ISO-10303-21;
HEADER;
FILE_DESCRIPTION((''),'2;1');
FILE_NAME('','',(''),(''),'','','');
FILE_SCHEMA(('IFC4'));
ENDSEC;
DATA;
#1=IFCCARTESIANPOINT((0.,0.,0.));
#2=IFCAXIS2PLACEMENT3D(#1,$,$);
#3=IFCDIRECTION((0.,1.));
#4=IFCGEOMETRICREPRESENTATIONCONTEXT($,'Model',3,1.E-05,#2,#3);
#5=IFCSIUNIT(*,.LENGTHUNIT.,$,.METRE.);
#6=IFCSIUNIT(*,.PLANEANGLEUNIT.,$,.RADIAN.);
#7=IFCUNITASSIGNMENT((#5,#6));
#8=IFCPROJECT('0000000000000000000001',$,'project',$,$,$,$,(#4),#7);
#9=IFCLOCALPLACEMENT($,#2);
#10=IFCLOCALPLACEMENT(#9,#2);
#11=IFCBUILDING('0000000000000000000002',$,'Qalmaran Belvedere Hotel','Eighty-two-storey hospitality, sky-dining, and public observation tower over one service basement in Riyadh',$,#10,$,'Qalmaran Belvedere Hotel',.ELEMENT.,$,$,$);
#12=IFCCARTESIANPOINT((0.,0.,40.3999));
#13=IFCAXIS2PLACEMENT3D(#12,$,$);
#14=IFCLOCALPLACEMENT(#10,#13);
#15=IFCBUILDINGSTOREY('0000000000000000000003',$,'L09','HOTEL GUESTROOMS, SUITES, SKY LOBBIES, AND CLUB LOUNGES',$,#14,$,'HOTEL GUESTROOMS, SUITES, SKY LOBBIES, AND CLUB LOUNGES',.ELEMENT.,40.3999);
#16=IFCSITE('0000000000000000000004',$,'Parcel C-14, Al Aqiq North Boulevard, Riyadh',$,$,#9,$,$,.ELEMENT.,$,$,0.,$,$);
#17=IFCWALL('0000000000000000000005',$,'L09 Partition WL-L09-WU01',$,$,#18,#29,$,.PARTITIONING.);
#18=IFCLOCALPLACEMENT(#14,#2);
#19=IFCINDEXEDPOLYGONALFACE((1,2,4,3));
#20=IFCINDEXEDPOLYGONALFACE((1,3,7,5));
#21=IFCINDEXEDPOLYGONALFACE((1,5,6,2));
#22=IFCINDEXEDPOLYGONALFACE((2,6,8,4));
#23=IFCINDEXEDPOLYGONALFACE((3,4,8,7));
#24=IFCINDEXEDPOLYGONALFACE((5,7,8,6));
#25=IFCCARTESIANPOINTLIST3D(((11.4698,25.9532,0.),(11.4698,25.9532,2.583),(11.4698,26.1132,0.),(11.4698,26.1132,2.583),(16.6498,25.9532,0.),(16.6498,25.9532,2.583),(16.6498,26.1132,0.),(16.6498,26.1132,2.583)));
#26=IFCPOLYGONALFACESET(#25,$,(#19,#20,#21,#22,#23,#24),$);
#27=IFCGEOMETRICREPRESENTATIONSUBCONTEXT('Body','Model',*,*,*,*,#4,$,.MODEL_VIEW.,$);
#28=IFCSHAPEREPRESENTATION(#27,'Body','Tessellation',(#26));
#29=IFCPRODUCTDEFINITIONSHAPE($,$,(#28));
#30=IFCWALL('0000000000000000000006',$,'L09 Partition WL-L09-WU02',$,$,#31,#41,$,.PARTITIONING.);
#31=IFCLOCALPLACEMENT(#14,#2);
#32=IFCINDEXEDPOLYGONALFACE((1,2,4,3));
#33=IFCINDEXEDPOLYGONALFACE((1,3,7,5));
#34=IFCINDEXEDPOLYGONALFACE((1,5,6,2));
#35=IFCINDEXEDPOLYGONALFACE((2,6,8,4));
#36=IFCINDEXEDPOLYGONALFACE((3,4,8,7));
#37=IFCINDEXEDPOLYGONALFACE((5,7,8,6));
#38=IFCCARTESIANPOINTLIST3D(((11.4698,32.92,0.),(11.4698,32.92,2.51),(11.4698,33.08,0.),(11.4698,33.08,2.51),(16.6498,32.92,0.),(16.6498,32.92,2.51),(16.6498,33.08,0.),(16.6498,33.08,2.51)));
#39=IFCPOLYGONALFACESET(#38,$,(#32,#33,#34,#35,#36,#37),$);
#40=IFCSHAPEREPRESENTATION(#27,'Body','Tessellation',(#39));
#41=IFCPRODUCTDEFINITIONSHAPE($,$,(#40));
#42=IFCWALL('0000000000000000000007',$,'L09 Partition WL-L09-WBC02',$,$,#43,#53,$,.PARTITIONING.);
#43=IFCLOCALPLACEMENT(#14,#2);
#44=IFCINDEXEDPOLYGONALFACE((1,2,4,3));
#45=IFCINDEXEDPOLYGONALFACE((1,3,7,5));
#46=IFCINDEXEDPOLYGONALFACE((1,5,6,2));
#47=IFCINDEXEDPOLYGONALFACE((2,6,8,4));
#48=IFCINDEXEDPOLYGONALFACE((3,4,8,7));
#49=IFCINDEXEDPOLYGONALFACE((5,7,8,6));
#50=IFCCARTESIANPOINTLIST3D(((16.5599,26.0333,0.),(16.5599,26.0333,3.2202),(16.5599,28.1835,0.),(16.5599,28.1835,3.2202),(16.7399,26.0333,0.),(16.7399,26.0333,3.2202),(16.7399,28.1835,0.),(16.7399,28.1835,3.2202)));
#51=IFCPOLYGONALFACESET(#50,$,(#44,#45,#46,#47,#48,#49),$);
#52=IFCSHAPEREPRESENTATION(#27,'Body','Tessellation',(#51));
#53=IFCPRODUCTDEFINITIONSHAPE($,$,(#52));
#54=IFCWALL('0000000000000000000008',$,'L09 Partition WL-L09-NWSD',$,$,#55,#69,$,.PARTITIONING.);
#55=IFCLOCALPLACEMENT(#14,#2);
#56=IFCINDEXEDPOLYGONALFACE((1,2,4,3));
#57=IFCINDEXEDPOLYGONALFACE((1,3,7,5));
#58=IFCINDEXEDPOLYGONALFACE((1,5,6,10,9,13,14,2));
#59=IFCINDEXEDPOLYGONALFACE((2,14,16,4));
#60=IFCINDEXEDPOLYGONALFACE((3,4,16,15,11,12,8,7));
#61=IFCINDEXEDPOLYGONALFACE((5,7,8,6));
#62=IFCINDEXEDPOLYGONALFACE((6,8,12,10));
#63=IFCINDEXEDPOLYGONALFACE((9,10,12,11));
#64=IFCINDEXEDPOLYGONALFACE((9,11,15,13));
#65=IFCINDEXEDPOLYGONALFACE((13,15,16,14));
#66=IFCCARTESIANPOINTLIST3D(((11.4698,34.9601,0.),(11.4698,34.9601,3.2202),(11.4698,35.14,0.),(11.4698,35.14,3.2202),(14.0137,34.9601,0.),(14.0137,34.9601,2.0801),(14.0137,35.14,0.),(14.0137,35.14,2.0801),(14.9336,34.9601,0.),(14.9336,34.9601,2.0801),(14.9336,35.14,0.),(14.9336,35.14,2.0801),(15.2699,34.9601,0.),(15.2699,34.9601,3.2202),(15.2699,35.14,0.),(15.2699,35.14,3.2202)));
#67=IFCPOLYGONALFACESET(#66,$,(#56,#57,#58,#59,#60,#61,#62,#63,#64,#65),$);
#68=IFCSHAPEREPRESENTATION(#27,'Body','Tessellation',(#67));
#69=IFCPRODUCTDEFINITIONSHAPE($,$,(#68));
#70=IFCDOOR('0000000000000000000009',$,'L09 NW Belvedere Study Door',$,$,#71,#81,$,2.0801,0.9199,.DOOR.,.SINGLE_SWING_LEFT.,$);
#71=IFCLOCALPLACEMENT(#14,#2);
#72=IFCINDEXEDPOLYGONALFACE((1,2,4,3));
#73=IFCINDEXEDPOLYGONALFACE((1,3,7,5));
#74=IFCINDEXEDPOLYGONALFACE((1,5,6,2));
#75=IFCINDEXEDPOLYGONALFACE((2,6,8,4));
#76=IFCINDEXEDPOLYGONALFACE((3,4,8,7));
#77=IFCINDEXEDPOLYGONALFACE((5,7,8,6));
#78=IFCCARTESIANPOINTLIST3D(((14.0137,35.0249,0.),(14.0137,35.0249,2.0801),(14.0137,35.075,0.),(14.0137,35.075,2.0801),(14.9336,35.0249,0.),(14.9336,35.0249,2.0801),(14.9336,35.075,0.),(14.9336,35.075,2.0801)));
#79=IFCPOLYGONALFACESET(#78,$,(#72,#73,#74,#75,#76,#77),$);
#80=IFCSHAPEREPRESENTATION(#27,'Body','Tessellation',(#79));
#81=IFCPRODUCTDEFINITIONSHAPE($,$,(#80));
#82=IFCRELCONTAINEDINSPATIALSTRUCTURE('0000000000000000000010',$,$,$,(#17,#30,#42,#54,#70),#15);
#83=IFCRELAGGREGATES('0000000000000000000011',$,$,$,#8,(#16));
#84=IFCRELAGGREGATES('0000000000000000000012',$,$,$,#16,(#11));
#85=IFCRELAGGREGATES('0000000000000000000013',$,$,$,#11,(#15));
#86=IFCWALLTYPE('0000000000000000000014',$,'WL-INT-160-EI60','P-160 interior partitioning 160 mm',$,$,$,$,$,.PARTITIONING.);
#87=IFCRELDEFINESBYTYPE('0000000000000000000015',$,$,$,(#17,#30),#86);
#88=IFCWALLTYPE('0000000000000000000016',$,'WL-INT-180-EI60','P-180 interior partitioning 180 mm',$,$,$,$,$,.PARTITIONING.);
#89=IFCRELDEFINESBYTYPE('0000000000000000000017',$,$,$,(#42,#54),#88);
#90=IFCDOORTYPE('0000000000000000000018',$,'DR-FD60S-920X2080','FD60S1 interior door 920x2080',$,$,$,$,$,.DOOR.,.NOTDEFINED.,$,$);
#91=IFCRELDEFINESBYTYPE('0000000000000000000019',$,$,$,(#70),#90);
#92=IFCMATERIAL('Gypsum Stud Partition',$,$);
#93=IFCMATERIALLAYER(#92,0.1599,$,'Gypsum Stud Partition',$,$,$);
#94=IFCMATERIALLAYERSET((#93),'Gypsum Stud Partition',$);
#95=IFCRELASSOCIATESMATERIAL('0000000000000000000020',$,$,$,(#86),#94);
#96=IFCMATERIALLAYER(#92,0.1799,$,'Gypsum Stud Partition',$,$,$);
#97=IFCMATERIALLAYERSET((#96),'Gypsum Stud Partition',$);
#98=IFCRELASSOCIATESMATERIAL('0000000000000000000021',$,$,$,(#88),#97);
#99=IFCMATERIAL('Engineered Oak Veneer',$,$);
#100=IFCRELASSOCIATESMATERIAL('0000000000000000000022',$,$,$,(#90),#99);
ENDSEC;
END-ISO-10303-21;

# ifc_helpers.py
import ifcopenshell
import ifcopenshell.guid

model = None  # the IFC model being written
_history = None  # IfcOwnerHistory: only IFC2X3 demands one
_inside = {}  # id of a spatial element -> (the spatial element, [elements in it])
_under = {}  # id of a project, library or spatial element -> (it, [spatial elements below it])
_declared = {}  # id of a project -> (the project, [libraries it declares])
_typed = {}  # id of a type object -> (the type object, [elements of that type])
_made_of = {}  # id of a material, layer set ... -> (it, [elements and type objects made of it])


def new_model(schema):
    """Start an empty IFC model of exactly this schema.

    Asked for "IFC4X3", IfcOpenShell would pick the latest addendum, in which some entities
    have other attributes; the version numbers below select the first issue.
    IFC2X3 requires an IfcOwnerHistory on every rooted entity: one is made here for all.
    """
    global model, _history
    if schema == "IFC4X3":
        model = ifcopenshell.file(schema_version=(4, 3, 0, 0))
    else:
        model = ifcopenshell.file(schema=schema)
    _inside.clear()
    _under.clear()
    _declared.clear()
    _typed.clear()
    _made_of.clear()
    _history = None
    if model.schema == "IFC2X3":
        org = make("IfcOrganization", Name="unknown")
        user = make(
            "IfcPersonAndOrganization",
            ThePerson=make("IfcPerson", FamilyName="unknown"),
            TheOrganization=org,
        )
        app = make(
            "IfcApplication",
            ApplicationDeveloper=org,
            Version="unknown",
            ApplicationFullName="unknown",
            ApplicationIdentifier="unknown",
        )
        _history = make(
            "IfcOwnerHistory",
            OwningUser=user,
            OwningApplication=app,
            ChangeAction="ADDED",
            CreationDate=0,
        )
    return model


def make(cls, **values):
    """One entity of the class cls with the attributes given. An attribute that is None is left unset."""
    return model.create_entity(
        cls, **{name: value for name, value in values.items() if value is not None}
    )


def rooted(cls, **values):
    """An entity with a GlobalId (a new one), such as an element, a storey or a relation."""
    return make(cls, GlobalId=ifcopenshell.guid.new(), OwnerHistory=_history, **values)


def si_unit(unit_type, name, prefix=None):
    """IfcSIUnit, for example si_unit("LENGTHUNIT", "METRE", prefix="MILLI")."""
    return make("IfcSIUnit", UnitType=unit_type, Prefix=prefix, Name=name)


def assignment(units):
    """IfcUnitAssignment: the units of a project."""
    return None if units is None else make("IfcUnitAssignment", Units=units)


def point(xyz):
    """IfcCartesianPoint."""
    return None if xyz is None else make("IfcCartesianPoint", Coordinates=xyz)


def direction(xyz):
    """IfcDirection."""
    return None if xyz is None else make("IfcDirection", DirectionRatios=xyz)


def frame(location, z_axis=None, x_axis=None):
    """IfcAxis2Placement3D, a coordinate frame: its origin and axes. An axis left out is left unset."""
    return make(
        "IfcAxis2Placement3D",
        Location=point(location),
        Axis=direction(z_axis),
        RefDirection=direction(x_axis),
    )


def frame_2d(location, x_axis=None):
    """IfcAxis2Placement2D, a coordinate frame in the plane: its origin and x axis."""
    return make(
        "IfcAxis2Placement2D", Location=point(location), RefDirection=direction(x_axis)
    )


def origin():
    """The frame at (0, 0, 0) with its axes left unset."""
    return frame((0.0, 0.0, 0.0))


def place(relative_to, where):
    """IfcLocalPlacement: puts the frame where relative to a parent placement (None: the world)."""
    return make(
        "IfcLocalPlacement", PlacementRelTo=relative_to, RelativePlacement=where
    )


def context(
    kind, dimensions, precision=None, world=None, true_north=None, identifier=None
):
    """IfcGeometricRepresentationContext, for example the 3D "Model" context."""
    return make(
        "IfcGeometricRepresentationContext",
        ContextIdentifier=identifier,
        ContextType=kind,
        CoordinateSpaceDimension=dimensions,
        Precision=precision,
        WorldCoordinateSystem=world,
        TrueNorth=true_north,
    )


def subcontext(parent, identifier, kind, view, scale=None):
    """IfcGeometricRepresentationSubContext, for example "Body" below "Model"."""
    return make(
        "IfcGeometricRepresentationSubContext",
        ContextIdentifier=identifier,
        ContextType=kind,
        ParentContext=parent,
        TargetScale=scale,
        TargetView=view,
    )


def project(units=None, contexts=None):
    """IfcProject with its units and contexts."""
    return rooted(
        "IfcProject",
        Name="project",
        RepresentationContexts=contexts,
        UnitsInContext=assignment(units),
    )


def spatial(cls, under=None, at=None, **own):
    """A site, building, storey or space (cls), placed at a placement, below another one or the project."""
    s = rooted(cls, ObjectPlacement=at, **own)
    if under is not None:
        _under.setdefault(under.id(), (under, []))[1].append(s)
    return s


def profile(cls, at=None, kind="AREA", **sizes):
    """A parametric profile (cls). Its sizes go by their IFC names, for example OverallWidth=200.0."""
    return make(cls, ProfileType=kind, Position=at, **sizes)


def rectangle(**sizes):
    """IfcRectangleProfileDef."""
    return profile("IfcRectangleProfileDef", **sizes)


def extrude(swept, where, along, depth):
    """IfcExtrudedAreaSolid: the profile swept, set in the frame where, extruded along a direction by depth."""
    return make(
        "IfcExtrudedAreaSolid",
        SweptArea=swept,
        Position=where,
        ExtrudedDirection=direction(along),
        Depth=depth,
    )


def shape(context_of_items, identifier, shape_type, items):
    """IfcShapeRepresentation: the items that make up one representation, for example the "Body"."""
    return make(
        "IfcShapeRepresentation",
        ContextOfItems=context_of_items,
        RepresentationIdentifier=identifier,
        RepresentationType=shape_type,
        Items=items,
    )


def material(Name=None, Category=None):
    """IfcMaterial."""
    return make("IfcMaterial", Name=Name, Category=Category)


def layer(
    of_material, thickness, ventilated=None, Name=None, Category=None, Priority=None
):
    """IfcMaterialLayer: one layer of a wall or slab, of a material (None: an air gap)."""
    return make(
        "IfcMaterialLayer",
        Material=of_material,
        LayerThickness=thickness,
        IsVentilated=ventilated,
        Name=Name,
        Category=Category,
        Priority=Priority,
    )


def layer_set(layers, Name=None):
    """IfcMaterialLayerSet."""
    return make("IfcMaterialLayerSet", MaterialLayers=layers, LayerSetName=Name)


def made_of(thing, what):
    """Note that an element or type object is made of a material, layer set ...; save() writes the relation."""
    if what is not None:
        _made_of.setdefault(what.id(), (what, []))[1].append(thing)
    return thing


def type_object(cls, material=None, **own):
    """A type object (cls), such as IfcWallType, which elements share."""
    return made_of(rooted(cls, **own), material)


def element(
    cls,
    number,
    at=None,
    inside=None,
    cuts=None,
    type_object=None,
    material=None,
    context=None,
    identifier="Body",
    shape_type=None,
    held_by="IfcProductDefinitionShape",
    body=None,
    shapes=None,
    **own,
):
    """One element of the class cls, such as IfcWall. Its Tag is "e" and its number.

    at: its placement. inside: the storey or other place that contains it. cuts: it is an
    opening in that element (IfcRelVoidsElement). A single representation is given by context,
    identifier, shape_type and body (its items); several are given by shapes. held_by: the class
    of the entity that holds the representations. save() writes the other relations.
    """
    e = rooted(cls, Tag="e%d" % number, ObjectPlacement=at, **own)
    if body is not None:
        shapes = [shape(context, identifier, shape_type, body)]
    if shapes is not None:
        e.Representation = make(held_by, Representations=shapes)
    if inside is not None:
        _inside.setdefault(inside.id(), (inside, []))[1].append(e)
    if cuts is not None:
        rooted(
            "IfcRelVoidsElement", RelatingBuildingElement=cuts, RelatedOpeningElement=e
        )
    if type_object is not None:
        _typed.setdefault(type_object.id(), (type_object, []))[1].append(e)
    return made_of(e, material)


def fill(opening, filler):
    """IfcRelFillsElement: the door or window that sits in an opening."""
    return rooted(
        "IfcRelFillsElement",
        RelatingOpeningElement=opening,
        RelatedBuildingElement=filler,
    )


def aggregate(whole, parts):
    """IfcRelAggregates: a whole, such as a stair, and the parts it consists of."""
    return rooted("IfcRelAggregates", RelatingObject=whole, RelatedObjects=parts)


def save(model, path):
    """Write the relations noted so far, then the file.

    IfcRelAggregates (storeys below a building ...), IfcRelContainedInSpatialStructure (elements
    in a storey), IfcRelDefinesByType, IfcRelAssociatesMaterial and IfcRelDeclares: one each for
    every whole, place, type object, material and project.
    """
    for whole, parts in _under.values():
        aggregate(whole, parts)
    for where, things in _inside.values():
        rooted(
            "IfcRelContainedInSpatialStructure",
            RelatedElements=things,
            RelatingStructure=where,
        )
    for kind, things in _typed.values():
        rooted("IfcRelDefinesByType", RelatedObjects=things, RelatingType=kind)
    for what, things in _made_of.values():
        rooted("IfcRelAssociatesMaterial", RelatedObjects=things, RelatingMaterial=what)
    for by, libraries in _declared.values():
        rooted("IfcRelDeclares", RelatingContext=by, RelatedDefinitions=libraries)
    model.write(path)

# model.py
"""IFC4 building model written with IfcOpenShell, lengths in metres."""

from ifc_helpers import new_model, si_unit, direction, frame, frame_2d, origin, place, context, subcontext, project, spatial, rectangle, extrude, material, layer, layer_set, type_object, element, fill, save


model = new_model("IFC4")

# Units and contexts
model_context = context("Model", 3, precision=1e-05, world=origin(), true_north=direction((0.0, 1.0)))
body_context = subcontext(model_context, "Body", "Model", "MODEL_VIEW")
ifc_project = project(units=[si_unit("LENGTHUNIT", "METRE"), si_unit("PLANEANGLEUNIT", "RADIAN")], contexts=[model_context])

# Site, building, storey
site_placement = place(None, origin())
site = spatial("IfcSite", under=ifc_project, at=site_placement, Name="Parcel C-14, Al Aqiq North Boulevard, Riyadh", CompositionType="ELEMENT", RefElevation=0.0)
building_placement = place(site_placement, origin())
building = spatial("IfcBuilding", under=site, at=building_placement, Name="Qalmaran Belvedere Hotel", Description="Eighty-two-storey hospitality, sky-dining, and public observation tower over one service basement in Riyadh", LongName="Qalmaran Belvedere Hotel", CompositionType="ELEMENT")
storey_placement = place(building_placement, frame((0.0, 0.0, 40.3999)))
storey = spatial("IfcBuildingStorey", under=building, at=storey_placement, Name="L09", Description="HOTEL GUESTROOMS, SUITES, SKY LOBBIES, AND CLUB LOUNGES", LongName="HOTEL GUESTROOMS, SUITES, SKY LOBBIES, AND CLUB LOUNGES", CompositionType="ELEMENT", Elevation=40.3999)

# Shared definitions
ifc_material_1 = material(Name="Engineered Oak Veneer")

# Shared definitions
ifc_material_2 = material(Name="Gypsum Stud Partition")

# Walls
ifc_layer_1 = layer(ifc_material_2, 0.1599, Name="Gypsum Stud Partition")
ifc_layer_set_1 = layer_set([ifc_layer_1], Name="Gypsum Stud Partition")
wall_type_1 = type_object("IfcWallType", Name="WL-INT-160-EI60", Description="P-160 interior partitioning 160 mm", PredefinedType="PARTITIONING", material=ifc_layer_set_1)
wall_1_placement = place(storey_placement, frame((11.47, 26.0332, 0.0), z_axis=(0.0, 0.0, 1.0), x_axis=(1.0, 0.0, 0.0)))
element("IfcWall", 1, at=wall_1_placement, inside=storey, type_object=wall_type_1, Name="L09 Partition WL-L09-WU01", PredefinedType="PARTITIONING", context=body_context, shape_type="SweptSolid", body=[
    extrude(rectangle(XDim=5.1799, YDim=0.1599, at=frame_2d((2.5898, 0.0))), origin(), (0.0, 0.0, 1.0), 2.583),
])
wall_2_placement = place(storey_placement, frame((11.47, 33.0, 0.0), z_axis=(0.0, 0.0, 1.0), x_axis=(1.0, 0.0, 0.0)))
element("IfcWall", 2, at=wall_2_placement, inside=storey, type_object=wall_type_1, Name="L09 Partition WL-L09-WU02", PredefinedType="PARTITIONING", context=body_context, shape_type="SweptSolid", body=[
    extrude(rectangle(XDim=5.1799, YDim=0.1599, at=frame_2d((2.5898, 0.0))), origin(), (0.0, 0.0, 1.0), 2.51),
])

# Shared definitions
ifc_layer_2 = layer(ifc_material_2, 0.1799, Name="Gypsum Stud Partition")
ifc_layer_set_2 = layer_set([ifc_layer_2], Name="Gypsum Stud Partition")
wall_type_2 = type_object("IfcWallType", Name="WL-INT-180-EI60", Description="P-180 interior partitioning 180 mm", PredefinedType="PARTITIONING", material=ifc_layer_set_2)

# Wall
wall_3_placement = place(storey_placement, frame((16.6499, 26.0332, 0.0), z_axis=(0.0, 0.0, 1.0), x_axis=(0.0, 1.0, 0.0)))
element("IfcWall", 3, at=wall_3_placement, inside=storey, type_object=wall_type_2, Name="L09 Partition WL-L09-WBC02", PredefinedType="PARTITIONING", context=body_context, shape_type="SweptSolid", body=[
    extrude(rectangle(XDim=2.1501, YDim=0.1799, at=frame_2d((1.0752, 0.0))), origin(), (0.0, 0.0, 1.0), 3.2202),
])

# Wall, opening, door
wall_4_placement = place(storey_placement, frame((11.47, 35.05, 0.0), z_axis=(0.0, 0.0, 1.0), x_axis=(1.0, 0.0, 0.0)))
wall_4 = element("IfcWall", 4, at=wall_4_placement, inside=storey, type_object=wall_type_2, Name="L09 Partition WL-L09-NWSD", PredefinedType="PARTITIONING", context=body_context, shape_type="SweptSolid", body=[
    extrude(rectangle(XDim=3.8, YDim=0.1799, at=frame_2d((1.8999, 0.0))), origin(), (0.0, 0.0, 1.0), 3.2202),
])
opening_1_placement = place(wall_4_placement, frame((2.5437, 0.0, 0.0)))
opening_1 = element("IfcOpeningElement", 5, at=opening_1_placement, cuts=wall_4, PredefinedType="OPENING", context=body_context, shape_type="SweptSolid", body=[
    extrude(rectangle(XDim=0.9199, YDim=2.0801, at=frame_2d((0.46, 1.04))), frame((0.0, 0.1001, 0.0), z_axis=(0.0, -1.0, 0.0), x_axis=(1.0, 0.0, 0.0)), (0.0, 0.0, 1.0), 0.2),
])
door_type_1 = type_object("IfcDoorType", Name="DR-FD60S-920X2080", Description="FD60S1 interior door 920x2080", OperationType="NOTDEFINED", PredefinedType="DOOR", material=ifc_material_1)
door_1_placement = place(opening_1_placement, origin())
door_1 = element("IfcDoor", 6, at=door_1_placement, inside=storey, type_object=door_type_1, Name="L09 NW Belvedere Study Door", OperationType="SINGLE_SWING_LEFT", OverallHeight=2.0801, OverallWidth=0.9199, PredefinedType="DOOR", context=body_context, shape_type="SweptSolid", body=[
    extrude(rectangle(XDim=0.9199, YDim=2.0801, at=frame_2d((0.46, 1.04))), frame((0.0, 0.0249, 0.0), z_axis=(0.0, -1.0, 0.0), x_axis=(1.0, 0.0, 0.0)), (0.0, 0.0, 1.0), 0.05),
])
fill(opening_1, door_1)

save(model, "model.ifc")
